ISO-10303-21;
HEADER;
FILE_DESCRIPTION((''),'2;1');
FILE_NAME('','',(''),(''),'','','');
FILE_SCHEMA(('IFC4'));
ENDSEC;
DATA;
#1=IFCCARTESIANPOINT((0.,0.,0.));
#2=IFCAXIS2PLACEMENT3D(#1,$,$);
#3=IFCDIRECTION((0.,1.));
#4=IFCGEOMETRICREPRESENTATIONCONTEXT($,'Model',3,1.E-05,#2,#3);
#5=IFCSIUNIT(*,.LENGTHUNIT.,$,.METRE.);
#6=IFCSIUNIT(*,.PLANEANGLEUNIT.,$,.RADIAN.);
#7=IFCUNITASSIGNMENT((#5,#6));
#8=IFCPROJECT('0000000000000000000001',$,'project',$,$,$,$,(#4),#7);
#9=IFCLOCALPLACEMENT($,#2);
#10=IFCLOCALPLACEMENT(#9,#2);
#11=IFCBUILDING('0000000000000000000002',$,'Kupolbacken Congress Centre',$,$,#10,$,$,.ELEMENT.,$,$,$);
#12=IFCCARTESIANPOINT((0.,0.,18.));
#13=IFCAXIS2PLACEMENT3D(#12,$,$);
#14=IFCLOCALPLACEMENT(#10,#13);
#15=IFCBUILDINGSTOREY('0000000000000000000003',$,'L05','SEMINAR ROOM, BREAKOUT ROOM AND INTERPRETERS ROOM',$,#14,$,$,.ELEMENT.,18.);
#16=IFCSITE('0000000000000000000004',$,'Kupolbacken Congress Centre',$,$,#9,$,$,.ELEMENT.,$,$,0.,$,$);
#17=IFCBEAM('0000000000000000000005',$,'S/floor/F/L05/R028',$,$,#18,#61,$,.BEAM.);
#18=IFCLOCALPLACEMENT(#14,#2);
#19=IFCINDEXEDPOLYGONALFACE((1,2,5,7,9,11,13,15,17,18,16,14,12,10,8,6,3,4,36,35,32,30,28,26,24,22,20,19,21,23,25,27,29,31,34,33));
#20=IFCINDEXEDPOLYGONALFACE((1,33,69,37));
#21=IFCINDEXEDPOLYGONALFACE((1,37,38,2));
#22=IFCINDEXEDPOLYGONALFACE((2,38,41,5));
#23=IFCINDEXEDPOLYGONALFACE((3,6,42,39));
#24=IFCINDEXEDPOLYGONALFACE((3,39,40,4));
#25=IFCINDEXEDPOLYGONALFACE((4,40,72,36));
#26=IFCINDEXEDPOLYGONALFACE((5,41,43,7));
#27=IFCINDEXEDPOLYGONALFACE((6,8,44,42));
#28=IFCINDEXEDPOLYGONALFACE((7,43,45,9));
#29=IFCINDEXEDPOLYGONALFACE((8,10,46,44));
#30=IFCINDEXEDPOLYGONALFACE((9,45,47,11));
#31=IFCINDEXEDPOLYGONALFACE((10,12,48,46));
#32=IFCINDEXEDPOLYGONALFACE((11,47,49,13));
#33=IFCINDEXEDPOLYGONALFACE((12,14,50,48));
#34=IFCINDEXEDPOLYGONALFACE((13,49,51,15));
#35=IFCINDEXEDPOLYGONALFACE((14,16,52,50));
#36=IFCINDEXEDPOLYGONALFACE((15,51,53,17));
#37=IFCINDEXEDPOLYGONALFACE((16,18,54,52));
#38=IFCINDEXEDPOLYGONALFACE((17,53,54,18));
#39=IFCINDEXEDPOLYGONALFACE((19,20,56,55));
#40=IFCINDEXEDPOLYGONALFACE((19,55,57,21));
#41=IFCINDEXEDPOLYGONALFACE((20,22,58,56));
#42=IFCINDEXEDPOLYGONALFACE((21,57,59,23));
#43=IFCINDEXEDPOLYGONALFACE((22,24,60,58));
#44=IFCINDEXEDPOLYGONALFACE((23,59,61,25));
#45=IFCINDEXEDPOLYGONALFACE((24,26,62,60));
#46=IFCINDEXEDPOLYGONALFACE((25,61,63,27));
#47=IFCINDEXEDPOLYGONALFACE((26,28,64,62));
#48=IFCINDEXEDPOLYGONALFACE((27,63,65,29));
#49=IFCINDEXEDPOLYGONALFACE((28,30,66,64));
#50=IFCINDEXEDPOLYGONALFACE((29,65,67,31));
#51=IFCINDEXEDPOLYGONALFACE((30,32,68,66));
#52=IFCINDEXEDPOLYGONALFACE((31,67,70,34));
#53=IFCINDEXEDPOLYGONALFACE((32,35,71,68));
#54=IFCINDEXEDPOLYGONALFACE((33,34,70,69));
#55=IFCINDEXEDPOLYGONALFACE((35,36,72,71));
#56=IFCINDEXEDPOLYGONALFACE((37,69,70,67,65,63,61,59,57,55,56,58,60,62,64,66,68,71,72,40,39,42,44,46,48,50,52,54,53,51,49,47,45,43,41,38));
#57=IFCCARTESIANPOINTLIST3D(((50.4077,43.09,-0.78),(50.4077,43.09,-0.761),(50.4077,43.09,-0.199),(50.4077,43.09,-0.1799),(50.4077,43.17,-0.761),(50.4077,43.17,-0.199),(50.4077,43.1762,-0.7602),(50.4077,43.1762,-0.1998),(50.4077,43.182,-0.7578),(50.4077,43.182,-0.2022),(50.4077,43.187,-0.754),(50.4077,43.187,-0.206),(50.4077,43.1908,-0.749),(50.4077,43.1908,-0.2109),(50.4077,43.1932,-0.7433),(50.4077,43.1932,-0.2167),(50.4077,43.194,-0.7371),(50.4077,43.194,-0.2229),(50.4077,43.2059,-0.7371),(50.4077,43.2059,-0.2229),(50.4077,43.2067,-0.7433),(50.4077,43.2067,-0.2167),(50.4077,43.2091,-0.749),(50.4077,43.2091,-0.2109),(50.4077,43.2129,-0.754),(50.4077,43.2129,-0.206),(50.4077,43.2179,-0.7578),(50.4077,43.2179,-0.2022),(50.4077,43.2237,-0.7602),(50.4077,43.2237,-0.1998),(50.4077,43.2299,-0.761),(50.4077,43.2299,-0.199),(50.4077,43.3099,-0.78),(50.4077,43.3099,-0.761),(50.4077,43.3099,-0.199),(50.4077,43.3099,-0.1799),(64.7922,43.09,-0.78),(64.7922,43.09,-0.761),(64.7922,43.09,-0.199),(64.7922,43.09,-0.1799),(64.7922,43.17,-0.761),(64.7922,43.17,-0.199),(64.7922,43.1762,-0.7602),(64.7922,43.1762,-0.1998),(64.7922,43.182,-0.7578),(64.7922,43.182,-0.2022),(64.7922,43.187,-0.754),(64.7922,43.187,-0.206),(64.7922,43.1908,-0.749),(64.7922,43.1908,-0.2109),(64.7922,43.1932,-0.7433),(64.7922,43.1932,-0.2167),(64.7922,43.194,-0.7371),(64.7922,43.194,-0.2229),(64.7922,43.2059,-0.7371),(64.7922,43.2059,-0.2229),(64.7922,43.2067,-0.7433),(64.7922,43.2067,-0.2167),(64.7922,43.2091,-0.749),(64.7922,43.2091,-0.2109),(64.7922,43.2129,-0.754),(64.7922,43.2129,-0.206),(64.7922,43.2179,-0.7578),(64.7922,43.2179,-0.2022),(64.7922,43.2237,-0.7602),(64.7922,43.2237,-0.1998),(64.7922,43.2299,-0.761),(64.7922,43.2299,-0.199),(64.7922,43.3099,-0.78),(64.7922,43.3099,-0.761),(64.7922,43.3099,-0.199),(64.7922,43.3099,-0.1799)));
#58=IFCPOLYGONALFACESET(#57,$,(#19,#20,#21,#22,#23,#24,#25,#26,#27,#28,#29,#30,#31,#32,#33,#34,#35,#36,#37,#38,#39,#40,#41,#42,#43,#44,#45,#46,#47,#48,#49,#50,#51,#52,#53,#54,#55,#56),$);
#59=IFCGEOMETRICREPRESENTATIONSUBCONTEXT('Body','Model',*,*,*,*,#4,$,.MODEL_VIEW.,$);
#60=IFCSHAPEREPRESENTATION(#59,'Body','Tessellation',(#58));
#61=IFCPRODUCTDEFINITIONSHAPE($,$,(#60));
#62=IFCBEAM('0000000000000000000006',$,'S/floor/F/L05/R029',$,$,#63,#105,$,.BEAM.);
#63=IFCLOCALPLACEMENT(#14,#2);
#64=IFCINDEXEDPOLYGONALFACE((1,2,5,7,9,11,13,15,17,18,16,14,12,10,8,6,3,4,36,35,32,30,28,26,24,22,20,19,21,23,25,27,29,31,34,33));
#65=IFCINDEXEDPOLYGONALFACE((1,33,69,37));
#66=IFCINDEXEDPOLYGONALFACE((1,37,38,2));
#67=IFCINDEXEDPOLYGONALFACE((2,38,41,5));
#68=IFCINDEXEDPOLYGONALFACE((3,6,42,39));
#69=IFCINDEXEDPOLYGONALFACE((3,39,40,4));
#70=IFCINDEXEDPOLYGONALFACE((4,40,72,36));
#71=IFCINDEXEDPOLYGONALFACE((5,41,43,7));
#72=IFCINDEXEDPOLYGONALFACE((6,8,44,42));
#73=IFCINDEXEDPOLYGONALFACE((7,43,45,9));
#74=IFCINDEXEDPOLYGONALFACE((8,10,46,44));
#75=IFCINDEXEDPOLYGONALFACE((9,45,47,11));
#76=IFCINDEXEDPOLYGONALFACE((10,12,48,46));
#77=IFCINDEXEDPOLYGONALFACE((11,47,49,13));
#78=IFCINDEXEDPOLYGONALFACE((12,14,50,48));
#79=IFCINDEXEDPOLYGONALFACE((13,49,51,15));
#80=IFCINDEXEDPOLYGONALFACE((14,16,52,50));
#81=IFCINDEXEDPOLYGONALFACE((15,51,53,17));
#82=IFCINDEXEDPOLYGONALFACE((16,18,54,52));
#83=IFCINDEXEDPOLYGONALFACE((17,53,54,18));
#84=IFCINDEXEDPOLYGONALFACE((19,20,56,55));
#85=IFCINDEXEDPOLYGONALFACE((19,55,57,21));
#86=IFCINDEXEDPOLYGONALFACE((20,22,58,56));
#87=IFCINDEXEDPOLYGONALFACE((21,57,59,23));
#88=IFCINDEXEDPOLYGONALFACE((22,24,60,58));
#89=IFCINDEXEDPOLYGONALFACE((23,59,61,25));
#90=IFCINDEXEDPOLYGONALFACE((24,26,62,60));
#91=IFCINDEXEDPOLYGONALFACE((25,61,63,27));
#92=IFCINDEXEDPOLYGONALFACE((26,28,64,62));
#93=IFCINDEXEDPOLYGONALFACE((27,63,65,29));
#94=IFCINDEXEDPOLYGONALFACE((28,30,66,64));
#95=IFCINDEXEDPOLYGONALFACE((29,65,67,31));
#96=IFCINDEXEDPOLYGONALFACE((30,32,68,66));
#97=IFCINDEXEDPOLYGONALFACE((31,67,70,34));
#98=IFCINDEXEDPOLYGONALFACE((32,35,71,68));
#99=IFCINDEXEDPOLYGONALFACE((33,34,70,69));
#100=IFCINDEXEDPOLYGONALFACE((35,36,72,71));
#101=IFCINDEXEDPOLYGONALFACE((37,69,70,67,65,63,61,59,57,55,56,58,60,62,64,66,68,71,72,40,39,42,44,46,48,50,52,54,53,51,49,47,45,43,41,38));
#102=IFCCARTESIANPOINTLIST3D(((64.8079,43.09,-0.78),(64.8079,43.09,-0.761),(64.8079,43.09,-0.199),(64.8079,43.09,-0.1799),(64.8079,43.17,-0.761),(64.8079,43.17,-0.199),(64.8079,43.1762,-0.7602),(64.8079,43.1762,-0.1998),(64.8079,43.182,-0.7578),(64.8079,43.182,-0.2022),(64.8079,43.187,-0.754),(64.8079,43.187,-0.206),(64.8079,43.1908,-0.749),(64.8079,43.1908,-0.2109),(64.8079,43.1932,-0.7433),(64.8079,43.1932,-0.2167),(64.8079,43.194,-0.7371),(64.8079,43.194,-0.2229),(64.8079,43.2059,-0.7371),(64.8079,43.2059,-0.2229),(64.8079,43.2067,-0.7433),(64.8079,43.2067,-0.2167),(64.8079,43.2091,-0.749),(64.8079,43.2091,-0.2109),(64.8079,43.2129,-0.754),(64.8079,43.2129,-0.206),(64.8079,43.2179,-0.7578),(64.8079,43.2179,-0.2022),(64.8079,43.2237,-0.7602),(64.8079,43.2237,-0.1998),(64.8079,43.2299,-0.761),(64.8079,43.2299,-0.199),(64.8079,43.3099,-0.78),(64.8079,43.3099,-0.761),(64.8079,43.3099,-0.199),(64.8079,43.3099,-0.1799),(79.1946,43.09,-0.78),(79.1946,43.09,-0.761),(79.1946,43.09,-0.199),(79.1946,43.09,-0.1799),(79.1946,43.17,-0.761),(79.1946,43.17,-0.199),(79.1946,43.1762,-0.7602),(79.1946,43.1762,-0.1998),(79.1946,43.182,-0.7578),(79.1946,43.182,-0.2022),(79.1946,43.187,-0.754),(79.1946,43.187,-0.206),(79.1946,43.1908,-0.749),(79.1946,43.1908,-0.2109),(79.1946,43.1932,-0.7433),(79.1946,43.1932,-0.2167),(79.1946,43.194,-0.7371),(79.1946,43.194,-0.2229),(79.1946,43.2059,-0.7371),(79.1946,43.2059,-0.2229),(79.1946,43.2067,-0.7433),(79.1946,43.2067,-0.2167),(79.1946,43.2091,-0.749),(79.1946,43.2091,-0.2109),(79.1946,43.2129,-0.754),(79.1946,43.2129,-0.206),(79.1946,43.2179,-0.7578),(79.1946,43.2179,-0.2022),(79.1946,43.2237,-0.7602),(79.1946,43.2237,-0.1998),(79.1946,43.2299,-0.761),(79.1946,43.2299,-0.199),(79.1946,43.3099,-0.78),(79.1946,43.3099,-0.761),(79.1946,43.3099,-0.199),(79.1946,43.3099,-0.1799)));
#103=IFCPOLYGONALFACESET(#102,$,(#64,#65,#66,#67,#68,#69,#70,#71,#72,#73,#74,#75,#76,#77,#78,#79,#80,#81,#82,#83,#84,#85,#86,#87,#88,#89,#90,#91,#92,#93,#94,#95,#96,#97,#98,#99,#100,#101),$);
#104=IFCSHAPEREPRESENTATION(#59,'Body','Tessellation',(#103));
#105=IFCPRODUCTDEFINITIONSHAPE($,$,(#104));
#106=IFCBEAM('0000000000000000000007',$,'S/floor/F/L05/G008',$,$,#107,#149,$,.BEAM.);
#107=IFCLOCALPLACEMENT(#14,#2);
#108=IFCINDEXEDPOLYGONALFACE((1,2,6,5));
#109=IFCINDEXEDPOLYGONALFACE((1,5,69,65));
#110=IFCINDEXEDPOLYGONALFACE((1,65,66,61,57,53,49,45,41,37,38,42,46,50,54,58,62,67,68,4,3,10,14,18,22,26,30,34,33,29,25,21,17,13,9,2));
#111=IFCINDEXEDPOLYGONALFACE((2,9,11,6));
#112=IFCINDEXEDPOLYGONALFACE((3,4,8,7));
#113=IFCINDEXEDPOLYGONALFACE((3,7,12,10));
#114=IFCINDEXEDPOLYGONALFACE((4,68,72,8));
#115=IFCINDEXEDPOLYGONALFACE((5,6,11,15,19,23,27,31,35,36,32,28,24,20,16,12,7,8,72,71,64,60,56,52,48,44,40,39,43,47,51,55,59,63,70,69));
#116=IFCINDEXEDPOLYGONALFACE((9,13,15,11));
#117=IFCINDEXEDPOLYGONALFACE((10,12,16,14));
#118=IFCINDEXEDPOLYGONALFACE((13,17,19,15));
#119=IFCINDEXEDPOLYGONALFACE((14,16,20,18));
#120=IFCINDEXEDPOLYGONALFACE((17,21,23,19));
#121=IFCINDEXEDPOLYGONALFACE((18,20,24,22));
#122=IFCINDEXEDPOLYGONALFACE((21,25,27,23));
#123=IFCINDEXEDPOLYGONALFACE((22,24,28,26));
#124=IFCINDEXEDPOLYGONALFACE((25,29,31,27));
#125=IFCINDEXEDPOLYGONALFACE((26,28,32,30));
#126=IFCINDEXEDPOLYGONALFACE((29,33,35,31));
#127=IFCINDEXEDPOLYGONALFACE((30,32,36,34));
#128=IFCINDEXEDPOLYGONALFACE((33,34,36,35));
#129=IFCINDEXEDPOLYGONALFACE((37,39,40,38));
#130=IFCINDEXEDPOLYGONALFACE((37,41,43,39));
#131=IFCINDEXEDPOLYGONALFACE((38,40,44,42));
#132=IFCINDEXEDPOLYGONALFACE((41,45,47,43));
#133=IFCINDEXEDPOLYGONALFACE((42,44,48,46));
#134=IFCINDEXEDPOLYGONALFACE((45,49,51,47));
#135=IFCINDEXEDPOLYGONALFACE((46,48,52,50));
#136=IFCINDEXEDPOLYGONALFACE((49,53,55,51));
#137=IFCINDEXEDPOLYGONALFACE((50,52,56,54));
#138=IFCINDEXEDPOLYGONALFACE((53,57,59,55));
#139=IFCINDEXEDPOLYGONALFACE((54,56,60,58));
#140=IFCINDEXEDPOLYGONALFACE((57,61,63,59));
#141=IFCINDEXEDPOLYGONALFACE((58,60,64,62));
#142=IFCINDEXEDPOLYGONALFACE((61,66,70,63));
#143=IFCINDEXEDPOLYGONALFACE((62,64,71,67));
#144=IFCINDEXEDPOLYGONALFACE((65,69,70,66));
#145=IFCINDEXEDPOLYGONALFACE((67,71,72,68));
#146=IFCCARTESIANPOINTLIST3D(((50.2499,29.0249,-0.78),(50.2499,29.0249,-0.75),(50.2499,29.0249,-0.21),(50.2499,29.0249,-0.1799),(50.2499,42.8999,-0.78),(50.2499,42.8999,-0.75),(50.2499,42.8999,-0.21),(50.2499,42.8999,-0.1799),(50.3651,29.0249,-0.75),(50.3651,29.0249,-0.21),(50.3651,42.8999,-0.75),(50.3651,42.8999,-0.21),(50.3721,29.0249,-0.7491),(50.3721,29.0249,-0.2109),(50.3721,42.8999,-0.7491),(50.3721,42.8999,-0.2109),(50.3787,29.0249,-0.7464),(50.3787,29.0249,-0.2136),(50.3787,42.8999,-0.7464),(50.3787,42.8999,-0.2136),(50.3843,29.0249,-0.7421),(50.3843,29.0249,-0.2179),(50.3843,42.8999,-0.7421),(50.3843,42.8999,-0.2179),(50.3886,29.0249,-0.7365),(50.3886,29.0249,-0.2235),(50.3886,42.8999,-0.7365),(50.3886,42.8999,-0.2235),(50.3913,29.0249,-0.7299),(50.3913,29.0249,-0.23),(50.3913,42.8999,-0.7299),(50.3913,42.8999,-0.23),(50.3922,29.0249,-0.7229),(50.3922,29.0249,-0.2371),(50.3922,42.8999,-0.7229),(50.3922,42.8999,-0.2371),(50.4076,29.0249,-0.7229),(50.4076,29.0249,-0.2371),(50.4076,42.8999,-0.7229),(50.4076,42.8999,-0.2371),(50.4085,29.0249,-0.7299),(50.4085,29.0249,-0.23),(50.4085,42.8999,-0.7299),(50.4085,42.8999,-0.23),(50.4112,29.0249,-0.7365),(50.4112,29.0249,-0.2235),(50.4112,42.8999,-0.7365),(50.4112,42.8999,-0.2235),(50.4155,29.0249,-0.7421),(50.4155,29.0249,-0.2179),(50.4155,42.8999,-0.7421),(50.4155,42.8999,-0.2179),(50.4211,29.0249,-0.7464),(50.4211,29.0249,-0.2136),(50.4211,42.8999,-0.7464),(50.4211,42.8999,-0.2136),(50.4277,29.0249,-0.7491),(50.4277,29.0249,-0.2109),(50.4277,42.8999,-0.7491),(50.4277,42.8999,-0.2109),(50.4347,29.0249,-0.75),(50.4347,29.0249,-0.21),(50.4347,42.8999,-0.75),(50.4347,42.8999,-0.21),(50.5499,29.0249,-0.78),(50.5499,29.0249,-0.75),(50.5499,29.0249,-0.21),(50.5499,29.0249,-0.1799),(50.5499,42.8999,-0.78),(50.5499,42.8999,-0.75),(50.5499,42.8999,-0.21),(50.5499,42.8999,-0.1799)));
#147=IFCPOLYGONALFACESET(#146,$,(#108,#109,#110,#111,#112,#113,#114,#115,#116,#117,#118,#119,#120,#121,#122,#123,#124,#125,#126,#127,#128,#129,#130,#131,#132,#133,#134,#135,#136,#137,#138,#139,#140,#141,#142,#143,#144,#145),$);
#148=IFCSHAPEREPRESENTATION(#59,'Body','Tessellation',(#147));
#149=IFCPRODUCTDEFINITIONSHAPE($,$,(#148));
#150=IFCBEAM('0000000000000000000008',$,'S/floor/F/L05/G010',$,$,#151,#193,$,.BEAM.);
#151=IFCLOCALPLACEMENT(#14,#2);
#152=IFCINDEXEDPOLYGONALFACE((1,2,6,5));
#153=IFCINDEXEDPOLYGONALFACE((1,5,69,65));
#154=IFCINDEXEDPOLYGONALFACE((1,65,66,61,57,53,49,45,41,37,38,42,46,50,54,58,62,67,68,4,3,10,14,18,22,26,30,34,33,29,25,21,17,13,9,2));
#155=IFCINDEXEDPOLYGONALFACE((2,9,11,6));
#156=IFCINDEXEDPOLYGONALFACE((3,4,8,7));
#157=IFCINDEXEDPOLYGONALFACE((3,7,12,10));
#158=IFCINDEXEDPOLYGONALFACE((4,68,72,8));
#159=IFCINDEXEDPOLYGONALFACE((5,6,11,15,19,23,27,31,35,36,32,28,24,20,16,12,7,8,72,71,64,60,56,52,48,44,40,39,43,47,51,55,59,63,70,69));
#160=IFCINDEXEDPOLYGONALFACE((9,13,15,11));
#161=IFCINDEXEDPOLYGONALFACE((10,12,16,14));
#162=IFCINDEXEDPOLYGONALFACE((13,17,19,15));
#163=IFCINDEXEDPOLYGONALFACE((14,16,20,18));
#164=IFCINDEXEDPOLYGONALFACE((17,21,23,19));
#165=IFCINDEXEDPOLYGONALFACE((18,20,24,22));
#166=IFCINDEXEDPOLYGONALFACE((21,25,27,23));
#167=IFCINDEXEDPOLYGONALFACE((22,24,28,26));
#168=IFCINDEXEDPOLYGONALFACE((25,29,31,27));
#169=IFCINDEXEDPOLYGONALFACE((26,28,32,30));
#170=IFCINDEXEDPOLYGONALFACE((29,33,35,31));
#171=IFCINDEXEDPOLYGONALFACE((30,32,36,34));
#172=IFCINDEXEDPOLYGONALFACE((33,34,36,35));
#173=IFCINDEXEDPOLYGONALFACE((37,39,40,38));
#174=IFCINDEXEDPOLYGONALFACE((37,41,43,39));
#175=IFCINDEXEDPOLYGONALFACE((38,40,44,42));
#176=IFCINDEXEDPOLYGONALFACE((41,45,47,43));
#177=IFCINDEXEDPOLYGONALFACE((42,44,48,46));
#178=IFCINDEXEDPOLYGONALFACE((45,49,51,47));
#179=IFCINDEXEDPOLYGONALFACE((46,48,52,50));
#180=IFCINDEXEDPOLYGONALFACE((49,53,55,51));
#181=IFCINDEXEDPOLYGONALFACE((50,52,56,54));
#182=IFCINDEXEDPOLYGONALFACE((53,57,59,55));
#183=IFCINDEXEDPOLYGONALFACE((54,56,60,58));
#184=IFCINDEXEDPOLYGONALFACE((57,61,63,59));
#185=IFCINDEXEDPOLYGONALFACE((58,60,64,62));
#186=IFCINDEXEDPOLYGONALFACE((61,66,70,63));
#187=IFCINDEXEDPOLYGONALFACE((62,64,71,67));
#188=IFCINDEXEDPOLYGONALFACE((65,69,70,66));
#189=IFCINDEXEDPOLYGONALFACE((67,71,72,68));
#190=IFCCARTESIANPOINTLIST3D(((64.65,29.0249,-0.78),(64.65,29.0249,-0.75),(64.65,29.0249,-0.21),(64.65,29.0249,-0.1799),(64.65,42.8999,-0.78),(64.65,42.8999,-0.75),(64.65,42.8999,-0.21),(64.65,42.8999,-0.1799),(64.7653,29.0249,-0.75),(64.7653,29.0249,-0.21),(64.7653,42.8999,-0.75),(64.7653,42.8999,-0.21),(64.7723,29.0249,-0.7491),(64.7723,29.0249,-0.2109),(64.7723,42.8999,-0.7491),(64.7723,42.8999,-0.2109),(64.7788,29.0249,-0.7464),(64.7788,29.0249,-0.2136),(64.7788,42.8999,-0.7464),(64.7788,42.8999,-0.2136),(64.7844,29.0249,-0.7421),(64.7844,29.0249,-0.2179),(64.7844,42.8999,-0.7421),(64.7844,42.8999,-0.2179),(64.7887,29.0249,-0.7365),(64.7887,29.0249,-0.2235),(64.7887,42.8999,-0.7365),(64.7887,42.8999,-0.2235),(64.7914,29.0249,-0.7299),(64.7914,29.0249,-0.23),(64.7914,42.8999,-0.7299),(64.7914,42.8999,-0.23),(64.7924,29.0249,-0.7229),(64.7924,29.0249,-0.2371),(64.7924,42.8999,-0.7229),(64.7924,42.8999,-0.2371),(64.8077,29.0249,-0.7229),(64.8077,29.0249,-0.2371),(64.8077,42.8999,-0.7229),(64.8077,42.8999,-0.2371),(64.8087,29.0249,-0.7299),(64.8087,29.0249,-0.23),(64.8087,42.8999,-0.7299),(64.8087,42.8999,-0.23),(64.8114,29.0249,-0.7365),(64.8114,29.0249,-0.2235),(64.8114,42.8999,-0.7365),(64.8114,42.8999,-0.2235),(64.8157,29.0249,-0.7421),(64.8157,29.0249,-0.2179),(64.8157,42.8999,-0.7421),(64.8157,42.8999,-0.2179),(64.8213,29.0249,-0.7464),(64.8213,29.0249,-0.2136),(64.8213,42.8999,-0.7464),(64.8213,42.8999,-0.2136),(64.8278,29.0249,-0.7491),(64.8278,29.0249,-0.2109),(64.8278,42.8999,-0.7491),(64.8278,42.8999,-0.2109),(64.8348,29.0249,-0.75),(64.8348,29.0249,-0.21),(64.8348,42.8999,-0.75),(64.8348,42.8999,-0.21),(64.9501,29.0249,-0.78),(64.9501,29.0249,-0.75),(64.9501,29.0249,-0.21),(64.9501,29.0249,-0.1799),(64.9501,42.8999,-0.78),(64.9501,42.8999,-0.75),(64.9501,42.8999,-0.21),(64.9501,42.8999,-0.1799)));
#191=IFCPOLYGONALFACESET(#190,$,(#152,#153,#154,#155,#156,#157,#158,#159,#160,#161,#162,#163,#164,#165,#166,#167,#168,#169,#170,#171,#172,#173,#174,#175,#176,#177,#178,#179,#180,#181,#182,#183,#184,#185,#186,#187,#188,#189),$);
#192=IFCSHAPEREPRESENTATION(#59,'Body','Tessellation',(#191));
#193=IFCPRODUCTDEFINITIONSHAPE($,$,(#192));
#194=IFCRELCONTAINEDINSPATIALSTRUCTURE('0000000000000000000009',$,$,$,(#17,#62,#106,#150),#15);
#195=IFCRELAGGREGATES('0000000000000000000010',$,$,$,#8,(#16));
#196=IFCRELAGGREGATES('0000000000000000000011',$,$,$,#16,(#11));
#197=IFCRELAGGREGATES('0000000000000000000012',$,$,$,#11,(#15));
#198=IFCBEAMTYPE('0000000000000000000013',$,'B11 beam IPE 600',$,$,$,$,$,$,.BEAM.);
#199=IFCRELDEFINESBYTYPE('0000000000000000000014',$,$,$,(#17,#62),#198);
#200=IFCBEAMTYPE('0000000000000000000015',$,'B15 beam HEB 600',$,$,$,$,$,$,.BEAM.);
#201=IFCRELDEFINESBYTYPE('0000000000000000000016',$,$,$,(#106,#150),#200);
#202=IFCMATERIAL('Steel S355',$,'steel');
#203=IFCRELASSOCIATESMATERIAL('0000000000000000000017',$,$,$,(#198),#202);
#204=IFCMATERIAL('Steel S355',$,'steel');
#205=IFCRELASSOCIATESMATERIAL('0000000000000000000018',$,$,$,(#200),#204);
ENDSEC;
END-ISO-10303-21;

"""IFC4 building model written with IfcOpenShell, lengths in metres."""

from ifc_helpers import new_model, si_unit, direction, frame, origin, origin_2d, place, context, subcontext, project, spatial, i_section, extrude, material, material_profile, profile_set, type_object, element, save


model = new_model("IFC4")

# Units and contexts
model_context = context("Model", 3, precision=1e-05, world=origin(), true_north=direction((0.0, 1.0)))
body_context = subcontext(model_context, "Body", "Model", "MODEL_VIEW")
ifc_project = project(units=[si_unit("LENGTHUNIT", "METRE"), si_unit("PLANEANGLEUNIT", "RADIAN")], contexts=[model_context])

# Site, building, storey
site_placement = place(None, origin())
site = spatial("IfcSite", under=ifc_project, at=site_placement, Name="Kupolbacken Congress Centre", CompositionType="ELEMENT", RefElevation=0.0)
building_placement = place(site_placement, origin())
building = spatial("IfcBuilding", under=site, at=building_placement, Name="Kupolbacken Congress Centre", CompositionType="ELEMENT")
storey_placement = place(building_placement, frame((0.0, 0.0, 18.0)))
storey = spatial("IfcBuildingStorey", under=building, at=storey_placement, Name="L05", Description="SEMINAR ROOM, BREAKOUT ROOM AND INTERPRETERS ROOM", CompositionType="ELEMENT", Elevation=18.0)

# Beams
ifc_material_1 = material(Name="Steel S355", Category="steel")
ifc_material_profile_1 = material_profile(ifc_material_1, i_section(OverallWidth=0.22, OverallDepth=0.6001, WebThickness=0.012, FlangeThickness=0.019, FilletRadius=0.0239, at=origin_2d()), Name="IPE 600")
ifc_profile_set_1 = profile_set([ifc_material_profile_1], Name="Steel S355")
beam_type_1 = type_object("IfcBeamType", Name="B11 beam IPE 600", PredefinedType="BEAM", material=ifc_profile_set_1)
beam_1_placement = place(storey_placement, frame((50.4077, 43.2, -0.48), z_axis=(1.0, 0.0, 0.0), x_axis=(0.0, 1.0, 0.0)))
element("IfcBeam", 1, at=beam_1_placement, inside=storey, type_object=beam_type_1, Name="S/floor/F/L05/R028", PredefinedType="BEAM", context=body_context, shape_type="SweptSolid", body=[
    extrude(i_section(OverallWidth=0.22, OverallDepth=0.6001, WebThickness=0.012, FlangeThickness=0.019, FilletRadius=0.0239, at=origin_2d()), origin(), (0.0, 0.0, 1.0), 14.3845),
])
beam_2_placement = place(storey_placement, frame((64.8079, 43.2, -0.48), z_axis=(1.0, 0.0, 0.0), x_axis=(0.0, 1.0, 0.0)))
element("IfcBeam", 2, at=beam_2_placement, inside=storey, type_object=beam_type_1, Name="S/floor/F/L05/R029", PredefinedType="BEAM", context=body_context, shape_type="SweptSolid", body=[
    extrude(i_section(OverallWidth=0.22, OverallDepth=0.6001, WebThickness=0.012, FlangeThickness=0.019, FilletRadius=0.0239, at=origin_2d()), origin(), (0.0, 0.0, 1.0), 14.3867),
])
ifc_material_2 = material(Name="Steel S355", Category="steel")
ifc_material_profile_2 = material_profile(ifc_material_2, i_section(OverallWidth=0.3, OverallDepth=0.6001, WebThickness=0.0154, FlangeThickness=0.03, FilletRadius=0.0271, at=origin_2d()), Name="HEB 600")
ifc_profile_set_2 = profile_set([ifc_material_profile_2], Name="Steel S355")
beam_type_2 = type_object("IfcBeamType", Name="B15 beam HEB 600", PredefinedType="BEAM", material=ifc_profile_set_2)
for number, where, z_axis, x_axis, name in (
    (3, (50.3999, 29.0249, -0.48), (0.0, 1.0, 0.0), (-1.0, 0.0, 0.0), "S/floor/F/L05/G008"),
    (4, (64.8, 29.0249, -0.48), (0.0, 1.0, 0.0), (-1.0, 0.0, 0.0), "S/floor/F/L05/G010"),
):
    element("IfcBeam", number, at=place(storey_placement, frame(where, z_axis=z_axis, x_axis=x_axis)), inside=storey, type_object=beam_type_2, Name=name, PredefinedType="BEAM", context=body_context, shape_type="SweptSolid", body=[
        extrude(i_section(OverallWidth=0.3, OverallDepth=0.6001, WebThickness=0.0154, FlangeThickness=0.03, FilletRadius=0.0271, at=origin_2d()), origin(), (0.0, 0.0, 1.0), 13.875),
    ])

save(model, "model.ifc")
